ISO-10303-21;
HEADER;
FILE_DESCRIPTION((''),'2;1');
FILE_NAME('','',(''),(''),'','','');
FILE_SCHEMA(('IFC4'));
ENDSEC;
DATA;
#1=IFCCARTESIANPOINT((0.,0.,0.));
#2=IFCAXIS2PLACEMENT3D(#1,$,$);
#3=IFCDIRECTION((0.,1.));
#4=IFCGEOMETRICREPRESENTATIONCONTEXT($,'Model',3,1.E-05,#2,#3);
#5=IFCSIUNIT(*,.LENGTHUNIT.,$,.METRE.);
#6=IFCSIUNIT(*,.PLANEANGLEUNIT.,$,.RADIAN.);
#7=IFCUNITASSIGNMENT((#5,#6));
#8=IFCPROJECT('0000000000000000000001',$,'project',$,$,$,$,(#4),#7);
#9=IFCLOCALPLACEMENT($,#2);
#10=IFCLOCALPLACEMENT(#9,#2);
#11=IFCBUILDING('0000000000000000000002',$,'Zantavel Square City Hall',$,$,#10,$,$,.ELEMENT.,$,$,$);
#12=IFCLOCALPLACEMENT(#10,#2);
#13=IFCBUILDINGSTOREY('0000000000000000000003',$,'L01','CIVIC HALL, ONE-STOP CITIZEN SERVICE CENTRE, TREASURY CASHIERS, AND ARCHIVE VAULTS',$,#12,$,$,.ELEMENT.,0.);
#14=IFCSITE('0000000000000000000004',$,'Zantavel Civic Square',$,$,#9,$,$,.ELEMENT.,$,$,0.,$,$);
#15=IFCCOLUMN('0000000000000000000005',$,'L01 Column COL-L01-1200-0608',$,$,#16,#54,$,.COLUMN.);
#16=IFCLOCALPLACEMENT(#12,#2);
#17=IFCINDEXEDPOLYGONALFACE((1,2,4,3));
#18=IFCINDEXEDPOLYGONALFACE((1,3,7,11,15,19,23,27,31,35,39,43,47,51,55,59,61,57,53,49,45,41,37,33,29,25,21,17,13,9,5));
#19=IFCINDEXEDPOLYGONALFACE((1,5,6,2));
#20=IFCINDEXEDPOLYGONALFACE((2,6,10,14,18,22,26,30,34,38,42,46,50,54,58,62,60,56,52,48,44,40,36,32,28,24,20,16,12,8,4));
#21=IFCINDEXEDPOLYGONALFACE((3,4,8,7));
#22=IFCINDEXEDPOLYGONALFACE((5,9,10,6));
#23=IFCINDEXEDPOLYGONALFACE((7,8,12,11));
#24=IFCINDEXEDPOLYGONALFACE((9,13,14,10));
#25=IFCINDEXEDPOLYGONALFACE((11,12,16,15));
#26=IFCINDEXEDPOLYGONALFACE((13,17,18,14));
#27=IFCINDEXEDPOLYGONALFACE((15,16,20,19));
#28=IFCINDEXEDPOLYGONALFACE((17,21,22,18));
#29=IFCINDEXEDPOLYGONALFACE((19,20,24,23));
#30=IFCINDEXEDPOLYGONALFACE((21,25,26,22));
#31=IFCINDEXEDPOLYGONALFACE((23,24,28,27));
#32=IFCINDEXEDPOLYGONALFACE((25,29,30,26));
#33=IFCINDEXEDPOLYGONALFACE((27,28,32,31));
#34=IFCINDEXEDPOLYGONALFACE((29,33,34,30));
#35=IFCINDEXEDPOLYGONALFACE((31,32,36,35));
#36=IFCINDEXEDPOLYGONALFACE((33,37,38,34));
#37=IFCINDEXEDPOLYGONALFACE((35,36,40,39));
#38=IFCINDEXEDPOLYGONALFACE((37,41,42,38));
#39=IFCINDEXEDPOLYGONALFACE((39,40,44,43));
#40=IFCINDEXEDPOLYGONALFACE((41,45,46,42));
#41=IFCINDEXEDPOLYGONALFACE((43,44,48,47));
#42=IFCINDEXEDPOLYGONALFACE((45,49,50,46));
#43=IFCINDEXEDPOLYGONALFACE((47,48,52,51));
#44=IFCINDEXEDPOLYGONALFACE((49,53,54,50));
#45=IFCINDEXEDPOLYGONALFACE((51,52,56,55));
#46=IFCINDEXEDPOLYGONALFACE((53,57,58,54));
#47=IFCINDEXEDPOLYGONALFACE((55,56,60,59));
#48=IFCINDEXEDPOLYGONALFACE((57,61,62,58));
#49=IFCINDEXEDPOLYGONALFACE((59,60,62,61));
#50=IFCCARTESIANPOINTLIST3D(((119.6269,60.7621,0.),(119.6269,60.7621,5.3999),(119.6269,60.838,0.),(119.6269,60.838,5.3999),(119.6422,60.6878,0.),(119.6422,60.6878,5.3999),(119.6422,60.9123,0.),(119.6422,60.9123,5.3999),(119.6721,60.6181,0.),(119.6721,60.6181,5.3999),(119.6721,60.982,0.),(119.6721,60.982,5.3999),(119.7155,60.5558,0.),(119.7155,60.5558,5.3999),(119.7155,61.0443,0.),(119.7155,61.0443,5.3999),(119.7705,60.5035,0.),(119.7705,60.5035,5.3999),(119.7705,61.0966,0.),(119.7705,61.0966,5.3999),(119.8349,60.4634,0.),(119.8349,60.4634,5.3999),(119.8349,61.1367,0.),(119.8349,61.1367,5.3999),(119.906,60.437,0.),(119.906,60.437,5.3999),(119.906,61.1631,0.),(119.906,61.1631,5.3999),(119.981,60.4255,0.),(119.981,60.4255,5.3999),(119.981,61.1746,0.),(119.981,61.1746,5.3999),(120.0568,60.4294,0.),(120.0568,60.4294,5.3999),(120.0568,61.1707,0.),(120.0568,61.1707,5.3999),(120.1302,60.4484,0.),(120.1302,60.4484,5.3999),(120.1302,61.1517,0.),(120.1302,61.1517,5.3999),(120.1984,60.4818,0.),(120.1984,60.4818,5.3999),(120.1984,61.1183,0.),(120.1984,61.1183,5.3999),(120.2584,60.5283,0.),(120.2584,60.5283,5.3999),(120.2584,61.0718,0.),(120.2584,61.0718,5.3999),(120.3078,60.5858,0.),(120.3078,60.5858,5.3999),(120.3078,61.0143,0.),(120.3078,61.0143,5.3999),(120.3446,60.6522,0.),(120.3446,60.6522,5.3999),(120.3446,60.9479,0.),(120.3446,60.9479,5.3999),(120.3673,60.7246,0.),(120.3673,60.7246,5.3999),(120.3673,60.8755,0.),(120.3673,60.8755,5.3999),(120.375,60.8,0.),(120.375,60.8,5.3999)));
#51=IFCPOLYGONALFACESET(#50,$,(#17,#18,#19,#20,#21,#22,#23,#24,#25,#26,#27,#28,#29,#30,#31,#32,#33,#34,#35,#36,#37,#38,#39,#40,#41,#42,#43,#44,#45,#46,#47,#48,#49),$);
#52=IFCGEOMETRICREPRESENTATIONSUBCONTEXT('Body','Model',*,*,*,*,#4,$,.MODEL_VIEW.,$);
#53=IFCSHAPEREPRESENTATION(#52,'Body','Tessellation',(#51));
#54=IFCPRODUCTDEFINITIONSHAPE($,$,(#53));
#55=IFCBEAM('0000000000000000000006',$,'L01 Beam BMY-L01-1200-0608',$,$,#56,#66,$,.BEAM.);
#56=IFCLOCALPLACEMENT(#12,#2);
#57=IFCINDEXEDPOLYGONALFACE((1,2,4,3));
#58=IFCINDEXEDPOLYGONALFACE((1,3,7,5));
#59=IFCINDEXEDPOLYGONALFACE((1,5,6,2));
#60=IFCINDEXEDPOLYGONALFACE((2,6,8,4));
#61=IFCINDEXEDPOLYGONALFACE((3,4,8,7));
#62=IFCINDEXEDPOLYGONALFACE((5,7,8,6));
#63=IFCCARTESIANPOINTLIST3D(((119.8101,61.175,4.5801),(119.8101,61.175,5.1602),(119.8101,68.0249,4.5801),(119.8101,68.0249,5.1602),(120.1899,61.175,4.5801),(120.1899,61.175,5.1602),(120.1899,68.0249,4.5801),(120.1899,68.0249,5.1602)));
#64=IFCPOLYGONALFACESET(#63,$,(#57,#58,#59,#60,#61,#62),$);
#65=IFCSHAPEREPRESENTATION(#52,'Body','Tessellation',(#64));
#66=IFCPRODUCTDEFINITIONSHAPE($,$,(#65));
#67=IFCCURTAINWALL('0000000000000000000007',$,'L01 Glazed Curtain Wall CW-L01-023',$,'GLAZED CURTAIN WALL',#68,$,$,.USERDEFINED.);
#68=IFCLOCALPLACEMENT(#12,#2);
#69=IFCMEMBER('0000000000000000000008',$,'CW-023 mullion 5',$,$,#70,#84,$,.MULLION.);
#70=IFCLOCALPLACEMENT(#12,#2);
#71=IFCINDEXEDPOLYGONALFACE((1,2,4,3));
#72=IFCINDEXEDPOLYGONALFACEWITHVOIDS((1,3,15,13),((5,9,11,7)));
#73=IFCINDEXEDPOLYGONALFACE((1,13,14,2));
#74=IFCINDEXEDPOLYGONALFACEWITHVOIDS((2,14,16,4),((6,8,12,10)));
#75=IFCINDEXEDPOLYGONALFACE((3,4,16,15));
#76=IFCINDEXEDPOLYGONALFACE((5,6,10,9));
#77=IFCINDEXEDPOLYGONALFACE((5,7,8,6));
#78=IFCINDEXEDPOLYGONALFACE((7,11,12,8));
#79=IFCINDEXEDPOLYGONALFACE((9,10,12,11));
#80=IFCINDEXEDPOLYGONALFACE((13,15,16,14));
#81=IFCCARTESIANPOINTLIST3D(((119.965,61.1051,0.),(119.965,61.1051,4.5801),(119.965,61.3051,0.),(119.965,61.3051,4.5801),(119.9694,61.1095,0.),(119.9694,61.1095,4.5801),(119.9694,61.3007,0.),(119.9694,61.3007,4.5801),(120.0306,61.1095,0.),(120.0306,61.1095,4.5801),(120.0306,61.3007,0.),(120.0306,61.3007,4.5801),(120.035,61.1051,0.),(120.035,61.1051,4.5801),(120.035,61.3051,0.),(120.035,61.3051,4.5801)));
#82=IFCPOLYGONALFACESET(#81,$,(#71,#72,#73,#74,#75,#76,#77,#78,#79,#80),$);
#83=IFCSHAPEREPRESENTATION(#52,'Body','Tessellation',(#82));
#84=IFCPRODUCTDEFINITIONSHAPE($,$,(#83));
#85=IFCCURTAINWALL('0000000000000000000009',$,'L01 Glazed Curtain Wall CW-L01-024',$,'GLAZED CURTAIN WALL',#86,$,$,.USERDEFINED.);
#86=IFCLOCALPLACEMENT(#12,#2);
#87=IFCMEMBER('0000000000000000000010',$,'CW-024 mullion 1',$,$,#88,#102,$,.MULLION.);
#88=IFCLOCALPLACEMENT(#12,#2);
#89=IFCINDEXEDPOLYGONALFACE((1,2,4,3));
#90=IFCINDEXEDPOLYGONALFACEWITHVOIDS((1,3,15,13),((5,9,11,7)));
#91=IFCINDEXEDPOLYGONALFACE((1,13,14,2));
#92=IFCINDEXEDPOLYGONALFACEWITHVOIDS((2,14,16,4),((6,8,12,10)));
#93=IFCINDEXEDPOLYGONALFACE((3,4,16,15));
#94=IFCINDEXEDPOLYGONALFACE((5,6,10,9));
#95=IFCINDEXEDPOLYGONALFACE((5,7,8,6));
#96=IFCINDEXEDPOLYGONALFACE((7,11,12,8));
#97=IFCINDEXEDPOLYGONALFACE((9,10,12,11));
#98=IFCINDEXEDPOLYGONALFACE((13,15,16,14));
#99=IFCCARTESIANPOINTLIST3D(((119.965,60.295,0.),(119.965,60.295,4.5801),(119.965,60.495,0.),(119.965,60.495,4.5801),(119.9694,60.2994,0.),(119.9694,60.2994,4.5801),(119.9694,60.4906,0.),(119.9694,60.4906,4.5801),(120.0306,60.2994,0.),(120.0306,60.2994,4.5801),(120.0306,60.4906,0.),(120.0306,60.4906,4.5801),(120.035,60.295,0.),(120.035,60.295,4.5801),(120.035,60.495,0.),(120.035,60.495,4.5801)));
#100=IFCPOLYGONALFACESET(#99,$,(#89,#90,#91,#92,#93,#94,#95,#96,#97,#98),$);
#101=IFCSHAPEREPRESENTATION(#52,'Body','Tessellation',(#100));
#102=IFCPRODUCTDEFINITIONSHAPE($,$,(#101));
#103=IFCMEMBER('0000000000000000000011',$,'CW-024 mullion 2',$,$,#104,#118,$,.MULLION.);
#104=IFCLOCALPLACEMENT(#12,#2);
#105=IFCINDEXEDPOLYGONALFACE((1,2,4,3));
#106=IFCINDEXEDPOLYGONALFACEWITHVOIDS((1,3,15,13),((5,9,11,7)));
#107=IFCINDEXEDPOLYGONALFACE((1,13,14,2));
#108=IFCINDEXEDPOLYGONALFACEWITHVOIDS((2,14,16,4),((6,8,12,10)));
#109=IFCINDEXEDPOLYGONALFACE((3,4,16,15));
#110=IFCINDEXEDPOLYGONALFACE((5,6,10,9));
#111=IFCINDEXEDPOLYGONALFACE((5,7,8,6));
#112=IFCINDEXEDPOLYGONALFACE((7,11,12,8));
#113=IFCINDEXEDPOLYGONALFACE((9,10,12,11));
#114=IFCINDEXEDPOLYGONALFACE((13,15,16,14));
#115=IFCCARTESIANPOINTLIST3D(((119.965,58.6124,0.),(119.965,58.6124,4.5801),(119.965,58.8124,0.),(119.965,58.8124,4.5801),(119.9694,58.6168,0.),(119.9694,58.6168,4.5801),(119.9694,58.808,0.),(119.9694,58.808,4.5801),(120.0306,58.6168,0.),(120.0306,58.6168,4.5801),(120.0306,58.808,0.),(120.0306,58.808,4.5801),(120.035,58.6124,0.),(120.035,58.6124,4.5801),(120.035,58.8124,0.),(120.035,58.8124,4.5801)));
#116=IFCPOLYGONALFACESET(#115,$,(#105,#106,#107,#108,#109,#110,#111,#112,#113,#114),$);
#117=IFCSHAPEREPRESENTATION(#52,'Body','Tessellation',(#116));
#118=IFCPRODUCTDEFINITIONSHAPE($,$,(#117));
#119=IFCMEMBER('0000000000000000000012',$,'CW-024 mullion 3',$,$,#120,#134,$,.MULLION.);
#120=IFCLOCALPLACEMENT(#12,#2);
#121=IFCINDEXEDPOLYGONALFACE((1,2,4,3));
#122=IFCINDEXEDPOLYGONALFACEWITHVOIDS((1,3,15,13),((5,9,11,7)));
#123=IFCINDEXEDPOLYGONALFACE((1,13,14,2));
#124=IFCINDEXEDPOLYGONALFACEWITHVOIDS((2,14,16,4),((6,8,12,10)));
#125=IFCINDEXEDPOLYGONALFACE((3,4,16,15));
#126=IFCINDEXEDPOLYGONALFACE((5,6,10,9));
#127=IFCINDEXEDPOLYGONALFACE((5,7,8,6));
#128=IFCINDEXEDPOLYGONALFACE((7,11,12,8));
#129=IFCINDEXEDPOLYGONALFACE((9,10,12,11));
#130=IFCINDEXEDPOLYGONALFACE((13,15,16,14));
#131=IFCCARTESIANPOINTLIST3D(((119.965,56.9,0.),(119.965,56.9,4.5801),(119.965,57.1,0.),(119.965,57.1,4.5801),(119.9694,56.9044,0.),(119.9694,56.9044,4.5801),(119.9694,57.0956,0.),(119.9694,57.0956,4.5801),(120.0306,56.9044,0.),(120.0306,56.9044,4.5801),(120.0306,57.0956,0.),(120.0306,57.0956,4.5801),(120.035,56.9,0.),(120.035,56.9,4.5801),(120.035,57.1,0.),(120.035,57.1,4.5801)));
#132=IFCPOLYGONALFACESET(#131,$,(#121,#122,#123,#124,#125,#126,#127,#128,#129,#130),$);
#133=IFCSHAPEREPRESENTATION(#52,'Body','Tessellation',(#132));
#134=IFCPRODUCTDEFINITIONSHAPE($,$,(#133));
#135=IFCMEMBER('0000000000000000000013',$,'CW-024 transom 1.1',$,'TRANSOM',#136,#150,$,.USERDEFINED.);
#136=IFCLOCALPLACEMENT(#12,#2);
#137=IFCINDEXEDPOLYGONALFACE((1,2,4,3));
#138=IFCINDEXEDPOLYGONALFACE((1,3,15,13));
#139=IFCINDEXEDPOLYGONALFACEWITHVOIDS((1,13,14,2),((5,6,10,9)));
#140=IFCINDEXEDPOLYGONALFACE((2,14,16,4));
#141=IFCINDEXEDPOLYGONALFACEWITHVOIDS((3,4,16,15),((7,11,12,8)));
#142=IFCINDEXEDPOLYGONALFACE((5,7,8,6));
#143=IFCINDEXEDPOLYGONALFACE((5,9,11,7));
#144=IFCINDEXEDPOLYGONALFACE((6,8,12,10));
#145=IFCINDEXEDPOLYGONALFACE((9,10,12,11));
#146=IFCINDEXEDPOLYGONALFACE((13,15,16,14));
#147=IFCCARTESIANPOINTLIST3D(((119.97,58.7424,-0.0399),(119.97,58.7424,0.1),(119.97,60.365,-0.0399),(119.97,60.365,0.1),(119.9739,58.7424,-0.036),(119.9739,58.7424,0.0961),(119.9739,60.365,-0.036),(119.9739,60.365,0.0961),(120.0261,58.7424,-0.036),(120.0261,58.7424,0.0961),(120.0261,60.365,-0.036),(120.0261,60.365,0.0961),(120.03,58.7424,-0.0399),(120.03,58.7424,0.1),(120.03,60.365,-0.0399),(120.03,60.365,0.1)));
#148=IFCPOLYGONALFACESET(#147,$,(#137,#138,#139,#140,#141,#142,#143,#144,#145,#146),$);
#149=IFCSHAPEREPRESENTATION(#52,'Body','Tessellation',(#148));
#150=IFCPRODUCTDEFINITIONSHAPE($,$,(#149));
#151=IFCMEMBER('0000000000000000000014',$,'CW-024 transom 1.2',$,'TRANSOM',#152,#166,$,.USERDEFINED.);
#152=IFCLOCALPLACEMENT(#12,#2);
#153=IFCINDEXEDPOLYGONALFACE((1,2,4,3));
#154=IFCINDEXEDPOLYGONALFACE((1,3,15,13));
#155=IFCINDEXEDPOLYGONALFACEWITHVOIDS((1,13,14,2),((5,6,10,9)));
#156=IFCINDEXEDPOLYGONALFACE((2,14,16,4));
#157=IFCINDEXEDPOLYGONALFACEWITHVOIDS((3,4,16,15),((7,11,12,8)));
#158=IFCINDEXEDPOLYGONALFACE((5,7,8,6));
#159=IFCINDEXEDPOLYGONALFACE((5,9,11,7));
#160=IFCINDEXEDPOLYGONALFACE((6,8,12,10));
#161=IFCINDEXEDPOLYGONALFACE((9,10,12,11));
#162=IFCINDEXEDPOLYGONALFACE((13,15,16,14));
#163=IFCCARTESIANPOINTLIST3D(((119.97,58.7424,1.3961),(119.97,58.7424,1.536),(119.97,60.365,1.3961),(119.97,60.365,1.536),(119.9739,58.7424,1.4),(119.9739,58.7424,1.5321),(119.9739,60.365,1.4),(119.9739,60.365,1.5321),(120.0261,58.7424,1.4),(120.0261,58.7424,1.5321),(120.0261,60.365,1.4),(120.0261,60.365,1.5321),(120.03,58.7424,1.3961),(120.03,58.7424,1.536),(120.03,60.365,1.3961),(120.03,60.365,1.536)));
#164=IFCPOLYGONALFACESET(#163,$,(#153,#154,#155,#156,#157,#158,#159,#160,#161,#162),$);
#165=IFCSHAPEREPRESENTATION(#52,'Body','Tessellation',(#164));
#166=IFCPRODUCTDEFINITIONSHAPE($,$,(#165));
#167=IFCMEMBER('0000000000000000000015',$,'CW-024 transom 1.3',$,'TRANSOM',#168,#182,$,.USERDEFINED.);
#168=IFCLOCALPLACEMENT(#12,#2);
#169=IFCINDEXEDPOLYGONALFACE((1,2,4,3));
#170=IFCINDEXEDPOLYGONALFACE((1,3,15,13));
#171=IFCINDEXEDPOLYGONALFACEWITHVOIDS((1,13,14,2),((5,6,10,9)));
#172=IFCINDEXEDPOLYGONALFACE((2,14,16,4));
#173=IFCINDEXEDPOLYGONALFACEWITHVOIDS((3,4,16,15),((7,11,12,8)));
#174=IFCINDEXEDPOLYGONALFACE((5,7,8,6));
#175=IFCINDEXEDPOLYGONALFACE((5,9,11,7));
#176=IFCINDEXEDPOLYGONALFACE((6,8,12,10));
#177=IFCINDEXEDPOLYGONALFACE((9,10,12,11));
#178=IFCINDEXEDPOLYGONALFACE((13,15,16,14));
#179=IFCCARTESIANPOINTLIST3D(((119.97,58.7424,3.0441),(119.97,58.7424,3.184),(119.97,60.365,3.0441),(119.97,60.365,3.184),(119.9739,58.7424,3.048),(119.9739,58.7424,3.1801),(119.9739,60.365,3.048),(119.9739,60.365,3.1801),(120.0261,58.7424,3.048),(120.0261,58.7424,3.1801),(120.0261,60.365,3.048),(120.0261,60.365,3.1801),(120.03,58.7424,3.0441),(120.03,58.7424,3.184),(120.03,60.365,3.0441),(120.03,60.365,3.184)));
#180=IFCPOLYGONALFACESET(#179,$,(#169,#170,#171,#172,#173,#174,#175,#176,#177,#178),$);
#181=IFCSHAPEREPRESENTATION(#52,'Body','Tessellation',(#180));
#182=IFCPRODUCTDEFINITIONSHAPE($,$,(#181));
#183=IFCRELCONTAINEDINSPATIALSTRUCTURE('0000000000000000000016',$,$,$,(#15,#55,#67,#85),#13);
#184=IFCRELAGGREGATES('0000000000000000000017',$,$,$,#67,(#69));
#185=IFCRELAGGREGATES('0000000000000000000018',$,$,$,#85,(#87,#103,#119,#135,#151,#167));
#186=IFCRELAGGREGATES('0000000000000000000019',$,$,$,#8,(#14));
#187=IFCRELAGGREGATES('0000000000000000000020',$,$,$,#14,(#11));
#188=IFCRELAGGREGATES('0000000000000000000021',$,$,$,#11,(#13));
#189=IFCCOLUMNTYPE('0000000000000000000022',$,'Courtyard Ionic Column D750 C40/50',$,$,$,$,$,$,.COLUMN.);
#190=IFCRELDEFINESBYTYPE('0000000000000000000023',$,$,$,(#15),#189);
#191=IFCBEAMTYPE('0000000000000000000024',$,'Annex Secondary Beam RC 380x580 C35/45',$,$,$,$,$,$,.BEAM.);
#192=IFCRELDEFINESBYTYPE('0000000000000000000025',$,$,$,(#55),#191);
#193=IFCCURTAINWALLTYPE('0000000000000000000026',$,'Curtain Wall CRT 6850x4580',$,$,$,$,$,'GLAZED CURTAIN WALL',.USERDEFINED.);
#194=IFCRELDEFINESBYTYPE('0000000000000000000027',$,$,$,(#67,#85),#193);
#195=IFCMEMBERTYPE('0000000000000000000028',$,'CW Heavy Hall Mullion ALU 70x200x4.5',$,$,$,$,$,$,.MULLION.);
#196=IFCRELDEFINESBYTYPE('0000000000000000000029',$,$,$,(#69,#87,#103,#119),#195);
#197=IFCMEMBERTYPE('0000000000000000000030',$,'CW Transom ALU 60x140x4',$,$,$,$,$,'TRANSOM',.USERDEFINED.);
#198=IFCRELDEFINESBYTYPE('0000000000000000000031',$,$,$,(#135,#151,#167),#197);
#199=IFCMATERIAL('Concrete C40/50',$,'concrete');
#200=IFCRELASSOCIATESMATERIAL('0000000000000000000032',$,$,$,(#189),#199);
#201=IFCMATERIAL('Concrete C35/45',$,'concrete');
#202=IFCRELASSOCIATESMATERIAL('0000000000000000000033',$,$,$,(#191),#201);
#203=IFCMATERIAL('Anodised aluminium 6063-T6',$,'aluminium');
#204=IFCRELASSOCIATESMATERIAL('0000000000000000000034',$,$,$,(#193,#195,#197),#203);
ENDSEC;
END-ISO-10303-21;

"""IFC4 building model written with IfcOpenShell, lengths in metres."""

from ifc_helpers import new_model, si_unit, direction, frame, origin, origin_2d, place, context, subcontext, project, spatial, rectangle, hollow_rectangle, circle, extrude, material, material_profile, profile_set, type_object, element, aggregate, save


model = new_model("IFC4")

# Units and contexts
model_context = context("Model", 3, precision=1e-05, world=origin(), true_north=direction((0.0, 1.0)))
body_context = subcontext(model_context, "Body", "Model", "MODEL_VIEW")
ifc_project = project(units=[si_unit("LENGTHUNIT", "METRE"), si_unit("PLANEANGLEUNIT", "RADIAN")], contexts=[model_context])

# Site, building, storey
site_placement = place(None, origin())
site = spatial("IfcSite", under=ifc_project, at=site_placement, Name="Zantavel Civic Square", CompositionType="ELEMENT", RefElevation=0.0)
building_placement = place(site_placement, origin())
building = spatial("IfcBuilding", under=site, at=building_placement, Name="Zantavel Square City Hall", CompositionType="ELEMENT")
storey_placement = place(building_placement, origin())
storey = spatial("IfcBuildingStorey", under=building, at=storey_placement, Name="L01", Description="CIVIC HALL, ONE-STOP CITIZEN SERVICE CENTRE, TREASURY CASHIERS, AND ARCHIVE VAULTS", CompositionType="ELEMENT", Elevation=0.0)

# Column
ifc_material_1 = material(Name="Concrete C40/50", Category="concrete")
ifc_material_profile_1 = material_profile(ifc_material_1, circle(Radius=0.375, at=origin_2d()), Name="ROUND D750")
ifc_profile_set_1 = profile_set([ifc_material_profile_1], Name="Concrete C40/50")
column_type = type_object("IfcColumnType", Name="Courtyard Ionic Column D750 C40/50", PredefinedType="COLUMN", material=ifc_profile_set_1)
column_placement = place(storey_placement, frame((120.0, 60.8, 0.0), z_axis=(0.0, 0.0, 1.0), x_axis=(1.0, 0.0, 0.0)))
element("IfcColumn", 1, at=column_placement, inside=storey, type_object=column_type, Name="L01 Column COL-L01-1200-0608", PredefinedType="COLUMN", context=body_context, shape_type="SweptSolid", body=[
    extrude(circle(Radius=0.375, at=origin_2d()), origin(), (0.0, 0.0, 1.0), 5.3999),
])

# Beam
ifc_material_2 = material(Name="Concrete C35/45", Category="concrete")
ifc_material_profile_2 = material_profile(ifc_material_2, rectangle(XDim=0.3799, YDim=0.5801, at=origin_2d()), Name="RC 380x580")
ifc_profile_set_2 = profile_set([ifc_material_profile_2], Name="Concrete C35/45")
beam_type = type_object("IfcBeamType", Name="Annex Secondary Beam RC 380x580 C35/45", PredefinedType="BEAM", material=ifc_profile_set_2)
beam_placement = place(storey_placement, frame((120.0, 61.175, 4.8701), z_axis=(0.0, 1.0, 0.0), x_axis=(-1.0, 0.0, 0.0)))
element("IfcBeam", 2, at=beam_placement, inside=storey, type_object=beam_type, Name="L01 Beam BMY-L01-1200-0608", PredefinedType="BEAM", context=body_context, shape_type="SweptSolid", body=[
    extrude(rectangle(XDim=0.3799, YDim=0.5801, at=origin_2d()), origin(), (0.0, 0.0, 1.0), 6.8499),
])

# Curtain wall, member
ifc_material_3 = material(Name="Anodised aluminium 6063-T6", Category="aluminium")
curtain_wall_type = type_object("IfcCurtainWallType", Name="Curtain Wall CRT 6850x4580", ElementType="GLAZED CURTAIN WALL", PredefinedType="USERDEFINED", material=ifc_material_3)
curtain_wall_1_placement = place(storey_placement, origin())
curtain_wall_1 = element("IfcCurtainWall", 3, at=curtain_wall_1_placement, inside=storey, type_object=curtain_wall_type, Name="L01 Glazed Curtain Wall CW-L01-023", ObjectType="GLAZED CURTAIN WALL", PredefinedType="USERDEFINED")
ifc_material_profile_3 = material_profile(ifc_material_3, hollow_rectangle(XDim=0.0701, YDim=0.2, WallThickness=0.0044, at=origin_2d()), Name="ALU 70x200x4.5")
ifc_profile_set_3 = profile_set([ifc_material_profile_3], Name="Anodised aluminium 6063-T6")
member_type_1 = type_object("IfcMemberType", Name="CW Heavy Hall Mullion ALU 70x200x4.5", PredefinedType="MULLION", material=ifc_profile_set_3)
member_1_placement = place(storey_placement, frame((120.0, 61.2051, 0.0), z_axis=(0.0, 0.0, 1.0), x_axis=(1.0, 0.0, 0.0)))
member_1 = element("IfcMember", 4, at=member_1_placement, type_object=member_type_1, Name="CW-023 mullion 5", PredefinedType="MULLION", context=body_context, shape_type="SweptSolid", body=[
    extrude(hollow_rectangle(XDim=0.0701, YDim=0.2, WallThickness=0.0044, at=origin_2d()), origin(), (0.0, 0.0, 1.0), 4.5801),
])
aggregate(curtain_wall_1, [member_1])

# Curtain wall, members
curtain_wall_2_placement = place(storey_placement, origin())
curtain_wall_2 = element("IfcCurtainWall", 5, at=curtain_wall_2_placement, inside=storey, type_object=curtain_wall_type, Name="L01 Glazed Curtain Wall CW-L01-024", ObjectType="GLAZED CURTAIN WALL", PredefinedType="USERDEFINED")
member_2_placement = place(storey_placement, frame((120.0, 60.395, 0.0), z_axis=(0.0, 0.0, 1.0), x_axis=(1.0, 0.0, 0.0)))
member_2 = element("IfcMember", 6, at=member_2_placement, type_object=member_type_1, Name="CW-024 mullion 1", PredefinedType="MULLION", context=body_context, shape_type="SweptSolid", body=[
    extrude(hollow_rectangle(XDim=0.0701, YDim=0.2, WallThickness=0.0044, at=origin_2d()), origin(), (0.0, 0.0, 1.0), 4.5801),
])
member_3_placement = place(storey_placement, frame((120.0, 58.7124, 0.0), z_axis=(0.0, 0.0, 1.0), x_axis=(1.0, 0.0, 0.0)))
member_3 = element("IfcMember", 7, at=member_3_placement, type_object=member_type_1, Name="CW-024 mullion 2", PredefinedType="MULLION", context=body_context, shape_type="SweptSolid", body=[
    extrude(hollow_rectangle(XDim=0.0701, YDim=0.2, WallThickness=0.0044, at=origin_2d()), origin(), (0.0, 0.0, 1.0), 4.5801),
])
member_4_placement = place(storey_placement, frame((120.0, 57.0, 0.0), z_axis=(0.0, 0.0, 1.0), x_axis=(1.0, 0.0, 0.0)))
member_4 = element("IfcMember", 8, at=member_4_placement, type_object=member_type_1, Name="CW-024 mullion 3", PredefinedType="MULLION", context=body_context, shape_type="SweptSolid", body=[
    extrude(hollow_rectangle(XDim=0.0701, YDim=0.2, WallThickness=0.0044, at=origin_2d()), origin(), (0.0, 0.0, 1.0), 4.5801),
])
ifc_material_profile_4 = material_profile(ifc_material_3, hollow_rectangle(XDim=0.0601, YDim=0.1399, WallThickness=0.0039, at=origin_2d()), Name="ALU 60x140x4")
ifc_profile_set_4 = profile_set([ifc_material_profile_4], Name="Anodised aluminium 6063-T6")
member_type_2 = type_object("IfcMemberType", Name="CW Transom ALU 60x140x4", ElementType="TRANSOM", PredefinedType="USERDEFINED", material=ifc_profile_set_4)
member_5_placement = place(storey_placement, frame((120.0, 60.365, 0.03), z_axis=(0.0, -1.0, 0.0), x_axis=(1.0, 0.0, 0.0)))
member_5 = element("IfcMember", 9, at=member_5_placement, type_object=member_type_2, Name="CW-024 transom 1.1", ObjectType="TRANSOM", PredefinedType="USERDEFINED", context=body_context, shape_type="SweptSolid", body=[
    extrude(hollow_rectangle(XDim=0.0601, YDim=0.1399, WallThickness=0.0039, at=origin_2d()), origin(), (0.0, 0.0, 1.0), 1.6226),
])
member_6_placement = place(storey_placement, frame((120.0, 60.365, 1.4661), z_axis=(0.0, -1.0, 0.0), x_axis=(1.0, 0.0, 0.0)))
member_6 = element("IfcMember", 10, at=member_6_placement, type_object=member_type_2, Name="CW-024 transom 1.2", ObjectType="TRANSOM", PredefinedType="USERDEFINED", context=body_context, shape_type="SweptSolid", body=[
    extrude(hollow_rectangle(XDim=0.0601, YDim=0.1399, WallThickness=0.0039, at=origin_2d()), origin(), (0.0, 0.0, 1.0), 1.6226),
])
member_7_placement = place(storey_placement, frame((120.0, 60.365, 3.114), z_axis=(0.0, -1.0, 0.0), x_axis=(1.0, 0.0, 0.0)))
member_7 = element("IfcMember", 11, at=member_7_placement, type_object=member_type_2, Name="CW-024 transom 1.3", ObjectType="TRANSOM", PredefinedType="USERDEFINED", context=body_context, shape_type="SweptSolid", body=[
    extrude(hollow_rectangle(XDim=0.0601, YDim=0.1399, WallThickness=0.0039, at=origin_2d()), origin(), (0.0, 0.0, 1.0), 1.6226),
])
aggregate(curtain_wall_2, [member_2, member_3, member_4, member_5, member_6, member_7])

save(model, "model.ifc")
